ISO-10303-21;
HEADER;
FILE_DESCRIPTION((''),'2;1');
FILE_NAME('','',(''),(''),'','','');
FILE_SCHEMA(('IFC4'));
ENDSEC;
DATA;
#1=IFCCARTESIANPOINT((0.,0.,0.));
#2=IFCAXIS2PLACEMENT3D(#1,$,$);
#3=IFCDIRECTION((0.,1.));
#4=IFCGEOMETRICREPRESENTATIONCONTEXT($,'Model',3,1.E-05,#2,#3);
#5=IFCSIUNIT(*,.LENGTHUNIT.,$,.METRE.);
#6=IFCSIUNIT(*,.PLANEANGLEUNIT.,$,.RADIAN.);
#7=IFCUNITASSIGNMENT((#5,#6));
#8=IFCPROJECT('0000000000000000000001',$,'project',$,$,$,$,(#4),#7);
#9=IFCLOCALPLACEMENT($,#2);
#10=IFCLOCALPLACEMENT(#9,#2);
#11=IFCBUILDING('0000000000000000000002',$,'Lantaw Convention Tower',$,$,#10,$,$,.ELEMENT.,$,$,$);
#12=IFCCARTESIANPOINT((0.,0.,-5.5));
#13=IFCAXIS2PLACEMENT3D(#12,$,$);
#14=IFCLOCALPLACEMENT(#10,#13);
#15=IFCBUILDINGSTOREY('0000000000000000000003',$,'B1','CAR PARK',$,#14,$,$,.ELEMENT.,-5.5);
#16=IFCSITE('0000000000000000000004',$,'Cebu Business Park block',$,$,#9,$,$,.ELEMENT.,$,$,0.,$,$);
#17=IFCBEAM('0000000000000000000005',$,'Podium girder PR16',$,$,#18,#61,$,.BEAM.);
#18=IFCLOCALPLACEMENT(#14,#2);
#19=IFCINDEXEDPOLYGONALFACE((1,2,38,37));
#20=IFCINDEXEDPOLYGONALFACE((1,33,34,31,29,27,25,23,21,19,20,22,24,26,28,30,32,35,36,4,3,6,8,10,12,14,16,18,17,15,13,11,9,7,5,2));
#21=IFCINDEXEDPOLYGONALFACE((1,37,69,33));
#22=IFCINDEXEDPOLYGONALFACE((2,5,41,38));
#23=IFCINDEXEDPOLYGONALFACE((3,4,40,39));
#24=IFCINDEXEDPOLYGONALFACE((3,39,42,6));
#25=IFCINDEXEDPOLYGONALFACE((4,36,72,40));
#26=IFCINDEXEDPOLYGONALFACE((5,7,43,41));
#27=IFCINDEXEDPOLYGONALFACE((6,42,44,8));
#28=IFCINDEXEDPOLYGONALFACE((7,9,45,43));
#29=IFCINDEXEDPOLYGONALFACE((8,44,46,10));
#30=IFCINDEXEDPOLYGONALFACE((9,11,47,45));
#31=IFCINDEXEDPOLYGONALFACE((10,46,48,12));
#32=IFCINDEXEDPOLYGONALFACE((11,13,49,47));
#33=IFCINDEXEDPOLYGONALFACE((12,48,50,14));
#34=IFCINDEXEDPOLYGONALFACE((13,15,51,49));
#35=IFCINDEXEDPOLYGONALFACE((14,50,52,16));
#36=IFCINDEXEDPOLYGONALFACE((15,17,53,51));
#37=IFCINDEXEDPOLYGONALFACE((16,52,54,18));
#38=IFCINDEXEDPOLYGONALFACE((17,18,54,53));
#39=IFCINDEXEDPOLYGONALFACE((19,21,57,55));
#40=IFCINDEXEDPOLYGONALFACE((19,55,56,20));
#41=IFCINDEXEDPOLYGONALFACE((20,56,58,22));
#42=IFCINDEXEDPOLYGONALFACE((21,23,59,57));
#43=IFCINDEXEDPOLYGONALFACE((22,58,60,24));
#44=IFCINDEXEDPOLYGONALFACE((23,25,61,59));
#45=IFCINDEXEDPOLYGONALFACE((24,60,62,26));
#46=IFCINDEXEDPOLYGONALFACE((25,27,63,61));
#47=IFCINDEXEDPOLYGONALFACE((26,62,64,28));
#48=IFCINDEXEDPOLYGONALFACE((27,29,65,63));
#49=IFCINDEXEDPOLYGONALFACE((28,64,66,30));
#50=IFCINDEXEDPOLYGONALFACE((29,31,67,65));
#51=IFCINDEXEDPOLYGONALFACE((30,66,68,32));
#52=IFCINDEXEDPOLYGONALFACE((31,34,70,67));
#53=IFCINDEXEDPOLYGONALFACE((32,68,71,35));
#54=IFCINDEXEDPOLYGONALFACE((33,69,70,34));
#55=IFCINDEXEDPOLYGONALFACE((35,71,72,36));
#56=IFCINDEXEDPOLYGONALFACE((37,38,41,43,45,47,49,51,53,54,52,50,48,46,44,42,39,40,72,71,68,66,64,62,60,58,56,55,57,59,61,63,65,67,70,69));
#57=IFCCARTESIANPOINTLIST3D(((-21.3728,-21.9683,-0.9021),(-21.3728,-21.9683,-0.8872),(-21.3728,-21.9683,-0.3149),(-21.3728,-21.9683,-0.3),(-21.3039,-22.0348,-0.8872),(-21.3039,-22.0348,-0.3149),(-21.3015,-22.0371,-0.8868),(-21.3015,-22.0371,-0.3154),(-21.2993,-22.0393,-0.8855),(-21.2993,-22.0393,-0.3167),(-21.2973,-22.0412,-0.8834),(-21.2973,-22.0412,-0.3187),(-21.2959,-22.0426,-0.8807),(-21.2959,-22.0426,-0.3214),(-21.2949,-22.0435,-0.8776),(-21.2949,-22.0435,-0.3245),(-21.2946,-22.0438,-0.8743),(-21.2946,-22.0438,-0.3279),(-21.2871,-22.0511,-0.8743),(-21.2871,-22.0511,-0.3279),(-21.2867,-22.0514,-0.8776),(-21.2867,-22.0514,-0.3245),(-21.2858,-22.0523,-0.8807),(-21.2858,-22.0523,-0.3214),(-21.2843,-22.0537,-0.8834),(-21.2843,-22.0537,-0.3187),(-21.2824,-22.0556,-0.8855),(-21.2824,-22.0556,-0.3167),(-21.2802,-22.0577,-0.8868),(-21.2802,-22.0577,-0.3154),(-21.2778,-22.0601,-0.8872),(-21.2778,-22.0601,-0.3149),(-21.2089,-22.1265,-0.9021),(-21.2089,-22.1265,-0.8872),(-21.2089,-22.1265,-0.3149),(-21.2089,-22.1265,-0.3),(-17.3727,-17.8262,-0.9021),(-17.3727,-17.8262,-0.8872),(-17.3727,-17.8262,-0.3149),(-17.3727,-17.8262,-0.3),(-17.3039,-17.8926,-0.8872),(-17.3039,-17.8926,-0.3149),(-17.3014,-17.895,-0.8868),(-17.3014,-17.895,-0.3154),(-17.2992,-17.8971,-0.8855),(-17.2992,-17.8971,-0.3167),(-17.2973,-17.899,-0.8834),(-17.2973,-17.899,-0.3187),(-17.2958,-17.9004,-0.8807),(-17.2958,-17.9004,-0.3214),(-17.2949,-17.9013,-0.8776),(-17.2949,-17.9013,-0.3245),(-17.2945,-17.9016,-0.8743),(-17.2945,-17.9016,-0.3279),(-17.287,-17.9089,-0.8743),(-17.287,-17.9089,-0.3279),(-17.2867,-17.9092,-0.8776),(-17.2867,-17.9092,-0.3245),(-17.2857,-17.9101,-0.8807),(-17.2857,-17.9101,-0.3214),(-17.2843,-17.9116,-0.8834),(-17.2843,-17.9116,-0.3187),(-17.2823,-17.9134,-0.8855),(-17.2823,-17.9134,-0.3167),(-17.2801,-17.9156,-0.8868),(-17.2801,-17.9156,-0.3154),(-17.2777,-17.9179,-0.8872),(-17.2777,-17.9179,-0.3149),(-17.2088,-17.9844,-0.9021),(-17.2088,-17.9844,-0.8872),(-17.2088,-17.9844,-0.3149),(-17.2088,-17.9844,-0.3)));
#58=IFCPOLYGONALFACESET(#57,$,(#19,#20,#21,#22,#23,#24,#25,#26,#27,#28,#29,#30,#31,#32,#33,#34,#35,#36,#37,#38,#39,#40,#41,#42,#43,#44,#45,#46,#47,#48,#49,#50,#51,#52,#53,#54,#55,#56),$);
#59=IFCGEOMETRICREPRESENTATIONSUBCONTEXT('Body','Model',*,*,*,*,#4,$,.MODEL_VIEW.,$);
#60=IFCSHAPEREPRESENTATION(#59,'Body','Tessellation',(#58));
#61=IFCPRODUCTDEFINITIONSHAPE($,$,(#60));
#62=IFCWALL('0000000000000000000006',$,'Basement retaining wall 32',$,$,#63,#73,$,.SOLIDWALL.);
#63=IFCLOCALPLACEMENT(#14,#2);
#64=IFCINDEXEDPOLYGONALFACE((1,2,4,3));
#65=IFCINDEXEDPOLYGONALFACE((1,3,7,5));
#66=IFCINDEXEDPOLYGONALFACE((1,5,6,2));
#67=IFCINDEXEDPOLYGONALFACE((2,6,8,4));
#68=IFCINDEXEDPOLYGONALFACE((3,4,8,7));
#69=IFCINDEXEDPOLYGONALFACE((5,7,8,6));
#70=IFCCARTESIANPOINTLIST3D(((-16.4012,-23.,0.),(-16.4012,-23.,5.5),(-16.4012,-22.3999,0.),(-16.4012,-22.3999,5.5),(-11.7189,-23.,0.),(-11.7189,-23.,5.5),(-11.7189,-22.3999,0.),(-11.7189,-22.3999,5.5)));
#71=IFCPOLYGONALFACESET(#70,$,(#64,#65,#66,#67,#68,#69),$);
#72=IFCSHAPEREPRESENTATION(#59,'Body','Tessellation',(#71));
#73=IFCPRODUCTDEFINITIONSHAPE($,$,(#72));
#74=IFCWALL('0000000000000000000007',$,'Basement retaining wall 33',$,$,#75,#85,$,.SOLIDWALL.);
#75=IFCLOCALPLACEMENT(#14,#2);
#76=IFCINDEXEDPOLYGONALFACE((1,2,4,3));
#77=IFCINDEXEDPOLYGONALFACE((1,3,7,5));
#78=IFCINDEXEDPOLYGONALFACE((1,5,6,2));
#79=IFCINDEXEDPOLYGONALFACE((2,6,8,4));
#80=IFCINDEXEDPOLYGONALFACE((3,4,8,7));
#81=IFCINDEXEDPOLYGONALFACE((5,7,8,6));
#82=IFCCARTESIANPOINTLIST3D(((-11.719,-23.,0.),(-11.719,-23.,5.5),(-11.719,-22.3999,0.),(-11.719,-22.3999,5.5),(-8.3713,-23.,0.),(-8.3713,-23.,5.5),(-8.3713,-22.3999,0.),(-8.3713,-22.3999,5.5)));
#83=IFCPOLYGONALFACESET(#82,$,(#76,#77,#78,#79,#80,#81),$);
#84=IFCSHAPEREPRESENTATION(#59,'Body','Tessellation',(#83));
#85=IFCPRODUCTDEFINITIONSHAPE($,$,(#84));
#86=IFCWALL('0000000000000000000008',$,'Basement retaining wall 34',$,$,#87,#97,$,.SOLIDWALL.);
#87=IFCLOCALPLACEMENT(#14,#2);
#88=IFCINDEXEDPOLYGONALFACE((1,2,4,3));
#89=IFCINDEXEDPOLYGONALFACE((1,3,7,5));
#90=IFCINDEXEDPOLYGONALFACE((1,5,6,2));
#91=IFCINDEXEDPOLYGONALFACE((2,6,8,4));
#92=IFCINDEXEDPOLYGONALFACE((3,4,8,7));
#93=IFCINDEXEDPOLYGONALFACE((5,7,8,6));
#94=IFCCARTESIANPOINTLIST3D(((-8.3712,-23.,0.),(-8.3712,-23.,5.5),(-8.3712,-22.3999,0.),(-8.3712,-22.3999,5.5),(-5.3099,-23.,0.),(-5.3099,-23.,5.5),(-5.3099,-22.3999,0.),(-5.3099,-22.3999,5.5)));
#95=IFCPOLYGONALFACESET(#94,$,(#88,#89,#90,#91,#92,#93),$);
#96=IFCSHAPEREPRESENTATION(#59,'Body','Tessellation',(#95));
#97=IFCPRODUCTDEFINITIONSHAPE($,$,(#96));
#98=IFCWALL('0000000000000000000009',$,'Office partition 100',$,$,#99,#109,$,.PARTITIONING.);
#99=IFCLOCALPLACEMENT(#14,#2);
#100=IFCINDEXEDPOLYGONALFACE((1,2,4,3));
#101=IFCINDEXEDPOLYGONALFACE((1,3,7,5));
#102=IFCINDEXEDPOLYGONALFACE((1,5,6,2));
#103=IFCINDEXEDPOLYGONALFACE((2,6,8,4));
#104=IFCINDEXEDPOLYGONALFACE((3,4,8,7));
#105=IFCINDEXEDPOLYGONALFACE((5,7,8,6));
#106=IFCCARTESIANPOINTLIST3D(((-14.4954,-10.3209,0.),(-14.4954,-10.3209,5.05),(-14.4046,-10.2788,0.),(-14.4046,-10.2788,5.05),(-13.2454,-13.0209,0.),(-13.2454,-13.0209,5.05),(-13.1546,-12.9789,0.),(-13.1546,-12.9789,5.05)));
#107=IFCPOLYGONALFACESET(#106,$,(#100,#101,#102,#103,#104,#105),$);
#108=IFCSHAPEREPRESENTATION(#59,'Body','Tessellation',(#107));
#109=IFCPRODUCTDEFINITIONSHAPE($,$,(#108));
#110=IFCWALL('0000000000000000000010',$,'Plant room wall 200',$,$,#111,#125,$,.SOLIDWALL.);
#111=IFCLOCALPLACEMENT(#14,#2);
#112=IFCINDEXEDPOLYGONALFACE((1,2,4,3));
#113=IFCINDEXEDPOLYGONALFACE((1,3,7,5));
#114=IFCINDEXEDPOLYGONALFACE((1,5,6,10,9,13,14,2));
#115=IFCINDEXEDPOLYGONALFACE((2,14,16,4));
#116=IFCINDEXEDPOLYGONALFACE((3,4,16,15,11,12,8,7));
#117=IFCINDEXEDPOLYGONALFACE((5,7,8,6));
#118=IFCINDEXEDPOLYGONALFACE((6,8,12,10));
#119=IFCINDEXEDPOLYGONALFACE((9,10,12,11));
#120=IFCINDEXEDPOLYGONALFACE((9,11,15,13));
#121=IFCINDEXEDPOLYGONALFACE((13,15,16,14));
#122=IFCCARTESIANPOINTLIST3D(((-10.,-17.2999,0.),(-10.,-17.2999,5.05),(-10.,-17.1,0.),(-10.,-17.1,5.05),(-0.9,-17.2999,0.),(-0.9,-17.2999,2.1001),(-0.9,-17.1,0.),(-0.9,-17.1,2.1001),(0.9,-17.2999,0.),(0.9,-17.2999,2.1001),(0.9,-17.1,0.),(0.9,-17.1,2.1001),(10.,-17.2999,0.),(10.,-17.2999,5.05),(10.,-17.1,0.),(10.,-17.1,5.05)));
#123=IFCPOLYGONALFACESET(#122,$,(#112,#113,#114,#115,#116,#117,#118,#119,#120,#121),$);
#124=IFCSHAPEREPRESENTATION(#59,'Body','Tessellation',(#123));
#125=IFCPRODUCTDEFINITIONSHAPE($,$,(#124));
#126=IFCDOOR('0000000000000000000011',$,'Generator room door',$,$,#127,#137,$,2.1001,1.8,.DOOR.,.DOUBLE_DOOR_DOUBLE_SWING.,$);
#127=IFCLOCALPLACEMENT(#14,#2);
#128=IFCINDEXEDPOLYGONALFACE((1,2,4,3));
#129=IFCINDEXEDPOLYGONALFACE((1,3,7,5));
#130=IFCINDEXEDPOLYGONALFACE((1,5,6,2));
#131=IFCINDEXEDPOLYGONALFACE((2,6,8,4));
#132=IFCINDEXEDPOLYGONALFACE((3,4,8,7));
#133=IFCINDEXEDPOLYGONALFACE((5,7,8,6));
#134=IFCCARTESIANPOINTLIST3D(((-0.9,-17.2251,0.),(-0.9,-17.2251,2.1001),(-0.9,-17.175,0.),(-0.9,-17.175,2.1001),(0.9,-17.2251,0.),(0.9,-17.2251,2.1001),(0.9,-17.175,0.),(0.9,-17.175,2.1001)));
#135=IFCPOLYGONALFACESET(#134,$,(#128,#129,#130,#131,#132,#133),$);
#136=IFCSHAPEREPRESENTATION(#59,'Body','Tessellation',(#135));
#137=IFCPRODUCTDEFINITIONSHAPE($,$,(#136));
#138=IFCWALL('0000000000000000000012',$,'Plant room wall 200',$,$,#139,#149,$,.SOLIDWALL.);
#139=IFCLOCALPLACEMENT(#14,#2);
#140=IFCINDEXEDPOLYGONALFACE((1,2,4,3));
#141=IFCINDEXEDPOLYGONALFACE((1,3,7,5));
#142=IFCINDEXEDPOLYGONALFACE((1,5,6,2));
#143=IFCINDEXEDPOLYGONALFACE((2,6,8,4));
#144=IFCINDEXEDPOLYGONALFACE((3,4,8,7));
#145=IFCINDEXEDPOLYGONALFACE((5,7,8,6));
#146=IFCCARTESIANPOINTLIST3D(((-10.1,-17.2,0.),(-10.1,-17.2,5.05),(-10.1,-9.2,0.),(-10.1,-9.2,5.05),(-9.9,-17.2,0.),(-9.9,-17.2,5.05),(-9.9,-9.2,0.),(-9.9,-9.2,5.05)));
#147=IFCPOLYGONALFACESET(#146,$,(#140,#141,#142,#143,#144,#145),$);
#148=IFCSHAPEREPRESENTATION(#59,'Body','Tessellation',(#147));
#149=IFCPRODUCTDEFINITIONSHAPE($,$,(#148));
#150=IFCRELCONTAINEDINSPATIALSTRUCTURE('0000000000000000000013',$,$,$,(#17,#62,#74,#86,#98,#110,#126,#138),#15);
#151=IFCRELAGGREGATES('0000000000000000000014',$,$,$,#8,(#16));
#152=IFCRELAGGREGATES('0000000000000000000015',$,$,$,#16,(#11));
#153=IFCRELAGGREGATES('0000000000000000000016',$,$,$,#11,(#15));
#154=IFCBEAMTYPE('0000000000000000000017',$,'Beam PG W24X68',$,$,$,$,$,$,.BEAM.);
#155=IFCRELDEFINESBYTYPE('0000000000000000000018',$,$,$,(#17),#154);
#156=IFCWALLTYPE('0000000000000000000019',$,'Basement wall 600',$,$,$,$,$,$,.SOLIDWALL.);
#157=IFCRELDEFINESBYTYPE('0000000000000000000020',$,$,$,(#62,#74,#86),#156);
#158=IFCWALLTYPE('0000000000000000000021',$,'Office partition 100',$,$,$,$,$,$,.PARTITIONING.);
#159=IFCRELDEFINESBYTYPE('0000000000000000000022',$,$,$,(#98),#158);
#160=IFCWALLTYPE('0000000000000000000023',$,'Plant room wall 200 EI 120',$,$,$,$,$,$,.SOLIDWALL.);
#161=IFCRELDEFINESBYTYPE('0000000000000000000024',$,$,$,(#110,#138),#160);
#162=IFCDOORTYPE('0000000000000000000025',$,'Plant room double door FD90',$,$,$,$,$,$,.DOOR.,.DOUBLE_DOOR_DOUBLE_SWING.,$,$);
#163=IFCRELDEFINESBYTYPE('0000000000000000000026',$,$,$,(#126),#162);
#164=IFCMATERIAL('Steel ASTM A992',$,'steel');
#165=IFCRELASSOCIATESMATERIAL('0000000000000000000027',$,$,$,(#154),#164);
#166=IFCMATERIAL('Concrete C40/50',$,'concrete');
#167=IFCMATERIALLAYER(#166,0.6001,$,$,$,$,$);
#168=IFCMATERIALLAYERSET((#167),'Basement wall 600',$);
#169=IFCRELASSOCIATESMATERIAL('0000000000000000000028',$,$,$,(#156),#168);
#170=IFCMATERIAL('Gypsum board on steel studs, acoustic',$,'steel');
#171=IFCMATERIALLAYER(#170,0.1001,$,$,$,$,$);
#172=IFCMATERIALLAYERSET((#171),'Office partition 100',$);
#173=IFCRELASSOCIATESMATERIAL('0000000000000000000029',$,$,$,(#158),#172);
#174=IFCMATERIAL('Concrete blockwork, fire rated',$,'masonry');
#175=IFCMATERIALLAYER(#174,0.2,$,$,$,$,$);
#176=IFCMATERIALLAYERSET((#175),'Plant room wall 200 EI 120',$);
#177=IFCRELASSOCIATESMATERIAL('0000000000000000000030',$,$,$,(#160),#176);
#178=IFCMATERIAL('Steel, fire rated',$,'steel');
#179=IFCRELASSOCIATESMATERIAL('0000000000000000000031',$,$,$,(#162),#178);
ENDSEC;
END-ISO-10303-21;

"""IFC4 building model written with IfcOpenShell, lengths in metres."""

from ifc_helpers import new_model, si_unit, direction, frame, frame_2d, origin, origin_2d, place, context, subcontext, project, spatial, rectangle, i_section, extrude, material, layer, layer_set, material_profile, profile_set, type_object, element, fill, save


model = new_model("IFC4")

# Units and contexts
model_context = context("Model", 3, precision=1e-05, world=origin(), true_north=direction((0.0, 1.0)))
body_context = subcontext(model_context, "Body", "Model", "MODEL_VIEW")
ifc_project = project(units=[si_unit("LENGTHUNIT", "METRE"), si_unit("PLANEANGLEUNIT", "RADIAN")], contexts=[model_context])

# Site, building, storey
site_placement = place(None, origin())
site = spatial("IfcSite", under=ifc_project, at=site_placement, Name="Cebu Business Park block", CompositionType="ELEMENT", RefElevation=0.0)
building_placement = place(site_placement, origin())
building = spatial("IfcBuilding", under=site, at=building_placement, Name="Lantaw Convention Tower", CompositionType="ELEMENT")
storey_placement = place(building_placement, frame((0.0, 0.0, -5.5)))
storey = spatial("IfcBuildingStorey", under=building, at=storey_placement, Name="B1", Description="CAR PARK", CompositionType="ELEMENT", Elevation=-5.5)

# Beam
ifc_material_1 = material(Name="Steel ASTM A992", Category="steel")
ifc_material_profile_1 = material_profile(ifc_material_1, i_section(OverallWidth=0.2278, OverallDepth=0.6021, WebThickness=0.0105, FlangeThickness=0.0149, FilletRadius=0.0129, at=origin_2d()), Name="W24X68")
ifc_profile_set_1 = profile_set([ifc_material_profile_1], Name="Steel ASTM A992")
beam_type_1 = type_object("IfcBeamType", Name="Beam PG W24X68", PredefinedType="BEAM", material=ifc_profile_set_1)
beam_1_placement = place(storey_placement, frame((-17.2908, -17.9053, -0.6011), z_axis=(-0.694661, -0.719337, 0.0), x_axis=(0.719337, -0.694661, 0.0)))
element("IfcBeam", 1, at=beam_1_placement, inside=storey, type_object=beam_type_1, Name="Podium girder PR16", PredefinedType="BEAM", context=body_context, shape_type="SweptSolid", body=[
    extrude(i_section(OverallWidth=0.2278, OverallDepth=0.6021, WebThickness=0.0105, FlangeThickness=0.0149, FilletRadius=0.0129, at=origin_2d()), origin(), (0.0, 0.0, 1.0), 5.7583),
])

# Walls
ifc_material_2 = material(Name="Concrete C40/50", Category="concrete")
ifc_layer_1 = layer(ifc_material_2, 0.6001)
ifc_layer_set_1 = layer_set([ifc_layer_1], Name="Basement wall 600")
wall_type_1 = type_object("IfcWallType", Name="Basement wall 600", PredefinedType="SOLIDWALL", material=ifc_layer_set_1)
wall_1_placement = place(storey_placement, frame((-16.4014, -22.7, 0.0), z_axis=(0.0, 0.0, 1.0), x_axis=(1.0, 0.0, 0.0)))
element("IfcWall", 2, at=wall_1_placement, inside=storey, type_object=wall_type_1, Name="Basement retaining wall 32", PredefinedType="SOLIDWALL", context=body_context, shape_type="SweptSolid", body=[
    extrude(rectangle(XDim=4.6824, YDim=0.6001, at=frame_2d((2.3413, 0.0))), origin(), (0.0, 0.0, 1.0), 5.5),
])
wall_2_placement = place(storey_placement, frame((-11.719, -22.7, 0.0), z_axis=(0.0, 0.0, 1.0), x_axis=(1.0, 0.0, 0.0)))
element("IfcWall", 3, at=wall_2_placement, inside=storey, type_object=wall_type_1, Name="Basement retaining wall 33", PredefinedType="SOLIDWALL", context=body_context, shape_type="SweptSolid", body=[
    extrude(rectangle(XDim=3.3477, YDim=0.6001, at=frame_2d((1.6738, 0.0))), origin(), (0.0, 0.0, 1.0), 5.5),
])
wall_3_placement = place(storey_placement, frame((-8.3713, -22.7, 0.0), z_axis=(0.0, 0.0, 1.0), x_axis=(1.0, 0.0, 0.0)))
element("IfcWall", 4, at=wall_3_placement, inside=storey, type_object=wall_type_1, Name="Basement retaining wall 34", PredefinedType="SOLIDWALL", context=body_context, shape_type="SweptSolid", body=[
    extrude(rectangle(XDim=3.0613, YDim=0.6001, at=frame_2d((1.5308, 0.0))), origin(), (0.0, 0.0, 1.0), 5.5),
])
ifc_material_3 = material(Name="Gypsum board on steel studs, acoustic", Category="steel")
ifc_layer_2 = layer(ifc_material_3, 0.1001)
ifc_layer_set_2 = layer_set([ifc_layer_2], Name="Office partition 100")
wall_type_2 = type_object("IfcWallType", Name="Office partition 100", PredefinedType="PARTITIONING", material=ifc_layer_set_2)
wall_4_placement = place(storey_placement, frame((-13.2, -13.0, 0.0), z_axis=(0.0, 0.0, 1.0), x_axis=(-0.42013, 0.907464, 0.0)))
element("IfcWall", 5, at=wall_4_placement, inside=storey, type_object=wall_type_2, Name="Office partition 100", PredefinedType="PARTITIONING", context=body_context, shape_type="SweptSolid", body=[
    extrude(rectangle(XDim=2.9753, YDim=0.1001, at=frame_2d((1.4878, 0.0))), origin(), (0.0, 0.0, 1.0), 5.05),
])

# Wall, opening, door
ifc_material_4 = material(Name="Concrete blockwork, fire rated", Category="masonry")
ifc_layer_3 = layer(ifc_material_4, 0.2)
ifc_layer_set_3 = layer_set([ifc_layer_3], Name="Plant room wall 200 EI 120")
wall_type_3 = type_object("IfcWallType", Name="Plant room wall 200 EI 120", PredefinedType="SOLIDWALL", material=ifc_layer_set_3)
wall_5_placement = place(storey_placement, frame((-10.0, -17.2, 0.0), z_axis=(0.0, 0.0, 1.0), x_axis=(1.0, 0.0, 0.0)))
wall_5 = element("IfcWall", 6, at=wall_5_placement, inside=storey, type_object=wall_type_3, Name="Plant room wall 200", PredefinedType="SOLIDWALL", context=body_context, shape_type="SweptSolid", body=[
    extrude(rectangle(XDim=20.0, YDim=0.2, at=frame_2d((10.0, 0.0))), origin(), (0.0, 0.0, 1.0), 5.05),
])
opening_placement = place(wall_5_placement, frame((9.1001, 0.0, 0.0)))
opening = element("IfcOpeningElement", 7, at=opening_placement, cuts=wall_5, PredefinedType="OPENING", context=body_context, shape_type="SweptSolid", body=[
    extrude(rectangle(XDim=1.8, YDim=2.1001, at=frame_2d((0.8999, 1.05))), frame((0.0, 0.1099, 0.0), z_axis=(0.0, -1.0, 0.0), x_axis=(1.0, 0.0, 0.0)), (0.0, 0.0, 1.0), 0.22),
])
ifc_material_5 = material(Name="Steel, fire rated", Category="steel")
door_type = type_object("IfcDoorType", Name="Plant room double door FD90", OperationType="DOUBLE_DOOR_DOUBLE_SWING", PredefinedType="DOOR", material=ifc_material_5)
door_placement = place(opening_placement, origin())
door = element("IfcDoor", 8, at=door_placement, inside=storey, type_object=door_type, Name="Generator room door", OperationType="DOUBLE_DOOR_DOUBLE_SWING", OverallHeight=2.1001, OverallWidth=1.8, PredefinedType="DOOR", context=body_context, shape_type="SweptSolid", body=[
    extrude(rectangle(XDim=1.8, YDim=2.1001, at=frame_2d((0.8999, 1.05))), frame((0.0, 0.0249, 0.0), z_axis=(0.0, -1.0, 0.0), x_axis=(1.0, 0.0, 0.0)), (0.0, 0.0, 1.0), 0.05),
])
fill(opening, door)

# Wall
wall_6_placement = place(storey_placement, frame((-10.0, -9.2, 0.0), z_axis=(0.0, 0.0, 1.0), x_axis=(0.0, -1.0, 0.0)))
element("IfcWall", 9, at=wall_6_placement, inside=storey, type_object=wall_type_3, Name="Plant room wall 200", PredefinedType="SOLIDWALL", context=body_context, shape_type="SweptSolid", body=[
    extrude(rectangle(XDim=8.0, YDim=0.2, at=frame_2d((4.0, 0.0))), origin(), (0.0, 0.0, 1.0), 5.05),
])

save(model, "model.ifc")
